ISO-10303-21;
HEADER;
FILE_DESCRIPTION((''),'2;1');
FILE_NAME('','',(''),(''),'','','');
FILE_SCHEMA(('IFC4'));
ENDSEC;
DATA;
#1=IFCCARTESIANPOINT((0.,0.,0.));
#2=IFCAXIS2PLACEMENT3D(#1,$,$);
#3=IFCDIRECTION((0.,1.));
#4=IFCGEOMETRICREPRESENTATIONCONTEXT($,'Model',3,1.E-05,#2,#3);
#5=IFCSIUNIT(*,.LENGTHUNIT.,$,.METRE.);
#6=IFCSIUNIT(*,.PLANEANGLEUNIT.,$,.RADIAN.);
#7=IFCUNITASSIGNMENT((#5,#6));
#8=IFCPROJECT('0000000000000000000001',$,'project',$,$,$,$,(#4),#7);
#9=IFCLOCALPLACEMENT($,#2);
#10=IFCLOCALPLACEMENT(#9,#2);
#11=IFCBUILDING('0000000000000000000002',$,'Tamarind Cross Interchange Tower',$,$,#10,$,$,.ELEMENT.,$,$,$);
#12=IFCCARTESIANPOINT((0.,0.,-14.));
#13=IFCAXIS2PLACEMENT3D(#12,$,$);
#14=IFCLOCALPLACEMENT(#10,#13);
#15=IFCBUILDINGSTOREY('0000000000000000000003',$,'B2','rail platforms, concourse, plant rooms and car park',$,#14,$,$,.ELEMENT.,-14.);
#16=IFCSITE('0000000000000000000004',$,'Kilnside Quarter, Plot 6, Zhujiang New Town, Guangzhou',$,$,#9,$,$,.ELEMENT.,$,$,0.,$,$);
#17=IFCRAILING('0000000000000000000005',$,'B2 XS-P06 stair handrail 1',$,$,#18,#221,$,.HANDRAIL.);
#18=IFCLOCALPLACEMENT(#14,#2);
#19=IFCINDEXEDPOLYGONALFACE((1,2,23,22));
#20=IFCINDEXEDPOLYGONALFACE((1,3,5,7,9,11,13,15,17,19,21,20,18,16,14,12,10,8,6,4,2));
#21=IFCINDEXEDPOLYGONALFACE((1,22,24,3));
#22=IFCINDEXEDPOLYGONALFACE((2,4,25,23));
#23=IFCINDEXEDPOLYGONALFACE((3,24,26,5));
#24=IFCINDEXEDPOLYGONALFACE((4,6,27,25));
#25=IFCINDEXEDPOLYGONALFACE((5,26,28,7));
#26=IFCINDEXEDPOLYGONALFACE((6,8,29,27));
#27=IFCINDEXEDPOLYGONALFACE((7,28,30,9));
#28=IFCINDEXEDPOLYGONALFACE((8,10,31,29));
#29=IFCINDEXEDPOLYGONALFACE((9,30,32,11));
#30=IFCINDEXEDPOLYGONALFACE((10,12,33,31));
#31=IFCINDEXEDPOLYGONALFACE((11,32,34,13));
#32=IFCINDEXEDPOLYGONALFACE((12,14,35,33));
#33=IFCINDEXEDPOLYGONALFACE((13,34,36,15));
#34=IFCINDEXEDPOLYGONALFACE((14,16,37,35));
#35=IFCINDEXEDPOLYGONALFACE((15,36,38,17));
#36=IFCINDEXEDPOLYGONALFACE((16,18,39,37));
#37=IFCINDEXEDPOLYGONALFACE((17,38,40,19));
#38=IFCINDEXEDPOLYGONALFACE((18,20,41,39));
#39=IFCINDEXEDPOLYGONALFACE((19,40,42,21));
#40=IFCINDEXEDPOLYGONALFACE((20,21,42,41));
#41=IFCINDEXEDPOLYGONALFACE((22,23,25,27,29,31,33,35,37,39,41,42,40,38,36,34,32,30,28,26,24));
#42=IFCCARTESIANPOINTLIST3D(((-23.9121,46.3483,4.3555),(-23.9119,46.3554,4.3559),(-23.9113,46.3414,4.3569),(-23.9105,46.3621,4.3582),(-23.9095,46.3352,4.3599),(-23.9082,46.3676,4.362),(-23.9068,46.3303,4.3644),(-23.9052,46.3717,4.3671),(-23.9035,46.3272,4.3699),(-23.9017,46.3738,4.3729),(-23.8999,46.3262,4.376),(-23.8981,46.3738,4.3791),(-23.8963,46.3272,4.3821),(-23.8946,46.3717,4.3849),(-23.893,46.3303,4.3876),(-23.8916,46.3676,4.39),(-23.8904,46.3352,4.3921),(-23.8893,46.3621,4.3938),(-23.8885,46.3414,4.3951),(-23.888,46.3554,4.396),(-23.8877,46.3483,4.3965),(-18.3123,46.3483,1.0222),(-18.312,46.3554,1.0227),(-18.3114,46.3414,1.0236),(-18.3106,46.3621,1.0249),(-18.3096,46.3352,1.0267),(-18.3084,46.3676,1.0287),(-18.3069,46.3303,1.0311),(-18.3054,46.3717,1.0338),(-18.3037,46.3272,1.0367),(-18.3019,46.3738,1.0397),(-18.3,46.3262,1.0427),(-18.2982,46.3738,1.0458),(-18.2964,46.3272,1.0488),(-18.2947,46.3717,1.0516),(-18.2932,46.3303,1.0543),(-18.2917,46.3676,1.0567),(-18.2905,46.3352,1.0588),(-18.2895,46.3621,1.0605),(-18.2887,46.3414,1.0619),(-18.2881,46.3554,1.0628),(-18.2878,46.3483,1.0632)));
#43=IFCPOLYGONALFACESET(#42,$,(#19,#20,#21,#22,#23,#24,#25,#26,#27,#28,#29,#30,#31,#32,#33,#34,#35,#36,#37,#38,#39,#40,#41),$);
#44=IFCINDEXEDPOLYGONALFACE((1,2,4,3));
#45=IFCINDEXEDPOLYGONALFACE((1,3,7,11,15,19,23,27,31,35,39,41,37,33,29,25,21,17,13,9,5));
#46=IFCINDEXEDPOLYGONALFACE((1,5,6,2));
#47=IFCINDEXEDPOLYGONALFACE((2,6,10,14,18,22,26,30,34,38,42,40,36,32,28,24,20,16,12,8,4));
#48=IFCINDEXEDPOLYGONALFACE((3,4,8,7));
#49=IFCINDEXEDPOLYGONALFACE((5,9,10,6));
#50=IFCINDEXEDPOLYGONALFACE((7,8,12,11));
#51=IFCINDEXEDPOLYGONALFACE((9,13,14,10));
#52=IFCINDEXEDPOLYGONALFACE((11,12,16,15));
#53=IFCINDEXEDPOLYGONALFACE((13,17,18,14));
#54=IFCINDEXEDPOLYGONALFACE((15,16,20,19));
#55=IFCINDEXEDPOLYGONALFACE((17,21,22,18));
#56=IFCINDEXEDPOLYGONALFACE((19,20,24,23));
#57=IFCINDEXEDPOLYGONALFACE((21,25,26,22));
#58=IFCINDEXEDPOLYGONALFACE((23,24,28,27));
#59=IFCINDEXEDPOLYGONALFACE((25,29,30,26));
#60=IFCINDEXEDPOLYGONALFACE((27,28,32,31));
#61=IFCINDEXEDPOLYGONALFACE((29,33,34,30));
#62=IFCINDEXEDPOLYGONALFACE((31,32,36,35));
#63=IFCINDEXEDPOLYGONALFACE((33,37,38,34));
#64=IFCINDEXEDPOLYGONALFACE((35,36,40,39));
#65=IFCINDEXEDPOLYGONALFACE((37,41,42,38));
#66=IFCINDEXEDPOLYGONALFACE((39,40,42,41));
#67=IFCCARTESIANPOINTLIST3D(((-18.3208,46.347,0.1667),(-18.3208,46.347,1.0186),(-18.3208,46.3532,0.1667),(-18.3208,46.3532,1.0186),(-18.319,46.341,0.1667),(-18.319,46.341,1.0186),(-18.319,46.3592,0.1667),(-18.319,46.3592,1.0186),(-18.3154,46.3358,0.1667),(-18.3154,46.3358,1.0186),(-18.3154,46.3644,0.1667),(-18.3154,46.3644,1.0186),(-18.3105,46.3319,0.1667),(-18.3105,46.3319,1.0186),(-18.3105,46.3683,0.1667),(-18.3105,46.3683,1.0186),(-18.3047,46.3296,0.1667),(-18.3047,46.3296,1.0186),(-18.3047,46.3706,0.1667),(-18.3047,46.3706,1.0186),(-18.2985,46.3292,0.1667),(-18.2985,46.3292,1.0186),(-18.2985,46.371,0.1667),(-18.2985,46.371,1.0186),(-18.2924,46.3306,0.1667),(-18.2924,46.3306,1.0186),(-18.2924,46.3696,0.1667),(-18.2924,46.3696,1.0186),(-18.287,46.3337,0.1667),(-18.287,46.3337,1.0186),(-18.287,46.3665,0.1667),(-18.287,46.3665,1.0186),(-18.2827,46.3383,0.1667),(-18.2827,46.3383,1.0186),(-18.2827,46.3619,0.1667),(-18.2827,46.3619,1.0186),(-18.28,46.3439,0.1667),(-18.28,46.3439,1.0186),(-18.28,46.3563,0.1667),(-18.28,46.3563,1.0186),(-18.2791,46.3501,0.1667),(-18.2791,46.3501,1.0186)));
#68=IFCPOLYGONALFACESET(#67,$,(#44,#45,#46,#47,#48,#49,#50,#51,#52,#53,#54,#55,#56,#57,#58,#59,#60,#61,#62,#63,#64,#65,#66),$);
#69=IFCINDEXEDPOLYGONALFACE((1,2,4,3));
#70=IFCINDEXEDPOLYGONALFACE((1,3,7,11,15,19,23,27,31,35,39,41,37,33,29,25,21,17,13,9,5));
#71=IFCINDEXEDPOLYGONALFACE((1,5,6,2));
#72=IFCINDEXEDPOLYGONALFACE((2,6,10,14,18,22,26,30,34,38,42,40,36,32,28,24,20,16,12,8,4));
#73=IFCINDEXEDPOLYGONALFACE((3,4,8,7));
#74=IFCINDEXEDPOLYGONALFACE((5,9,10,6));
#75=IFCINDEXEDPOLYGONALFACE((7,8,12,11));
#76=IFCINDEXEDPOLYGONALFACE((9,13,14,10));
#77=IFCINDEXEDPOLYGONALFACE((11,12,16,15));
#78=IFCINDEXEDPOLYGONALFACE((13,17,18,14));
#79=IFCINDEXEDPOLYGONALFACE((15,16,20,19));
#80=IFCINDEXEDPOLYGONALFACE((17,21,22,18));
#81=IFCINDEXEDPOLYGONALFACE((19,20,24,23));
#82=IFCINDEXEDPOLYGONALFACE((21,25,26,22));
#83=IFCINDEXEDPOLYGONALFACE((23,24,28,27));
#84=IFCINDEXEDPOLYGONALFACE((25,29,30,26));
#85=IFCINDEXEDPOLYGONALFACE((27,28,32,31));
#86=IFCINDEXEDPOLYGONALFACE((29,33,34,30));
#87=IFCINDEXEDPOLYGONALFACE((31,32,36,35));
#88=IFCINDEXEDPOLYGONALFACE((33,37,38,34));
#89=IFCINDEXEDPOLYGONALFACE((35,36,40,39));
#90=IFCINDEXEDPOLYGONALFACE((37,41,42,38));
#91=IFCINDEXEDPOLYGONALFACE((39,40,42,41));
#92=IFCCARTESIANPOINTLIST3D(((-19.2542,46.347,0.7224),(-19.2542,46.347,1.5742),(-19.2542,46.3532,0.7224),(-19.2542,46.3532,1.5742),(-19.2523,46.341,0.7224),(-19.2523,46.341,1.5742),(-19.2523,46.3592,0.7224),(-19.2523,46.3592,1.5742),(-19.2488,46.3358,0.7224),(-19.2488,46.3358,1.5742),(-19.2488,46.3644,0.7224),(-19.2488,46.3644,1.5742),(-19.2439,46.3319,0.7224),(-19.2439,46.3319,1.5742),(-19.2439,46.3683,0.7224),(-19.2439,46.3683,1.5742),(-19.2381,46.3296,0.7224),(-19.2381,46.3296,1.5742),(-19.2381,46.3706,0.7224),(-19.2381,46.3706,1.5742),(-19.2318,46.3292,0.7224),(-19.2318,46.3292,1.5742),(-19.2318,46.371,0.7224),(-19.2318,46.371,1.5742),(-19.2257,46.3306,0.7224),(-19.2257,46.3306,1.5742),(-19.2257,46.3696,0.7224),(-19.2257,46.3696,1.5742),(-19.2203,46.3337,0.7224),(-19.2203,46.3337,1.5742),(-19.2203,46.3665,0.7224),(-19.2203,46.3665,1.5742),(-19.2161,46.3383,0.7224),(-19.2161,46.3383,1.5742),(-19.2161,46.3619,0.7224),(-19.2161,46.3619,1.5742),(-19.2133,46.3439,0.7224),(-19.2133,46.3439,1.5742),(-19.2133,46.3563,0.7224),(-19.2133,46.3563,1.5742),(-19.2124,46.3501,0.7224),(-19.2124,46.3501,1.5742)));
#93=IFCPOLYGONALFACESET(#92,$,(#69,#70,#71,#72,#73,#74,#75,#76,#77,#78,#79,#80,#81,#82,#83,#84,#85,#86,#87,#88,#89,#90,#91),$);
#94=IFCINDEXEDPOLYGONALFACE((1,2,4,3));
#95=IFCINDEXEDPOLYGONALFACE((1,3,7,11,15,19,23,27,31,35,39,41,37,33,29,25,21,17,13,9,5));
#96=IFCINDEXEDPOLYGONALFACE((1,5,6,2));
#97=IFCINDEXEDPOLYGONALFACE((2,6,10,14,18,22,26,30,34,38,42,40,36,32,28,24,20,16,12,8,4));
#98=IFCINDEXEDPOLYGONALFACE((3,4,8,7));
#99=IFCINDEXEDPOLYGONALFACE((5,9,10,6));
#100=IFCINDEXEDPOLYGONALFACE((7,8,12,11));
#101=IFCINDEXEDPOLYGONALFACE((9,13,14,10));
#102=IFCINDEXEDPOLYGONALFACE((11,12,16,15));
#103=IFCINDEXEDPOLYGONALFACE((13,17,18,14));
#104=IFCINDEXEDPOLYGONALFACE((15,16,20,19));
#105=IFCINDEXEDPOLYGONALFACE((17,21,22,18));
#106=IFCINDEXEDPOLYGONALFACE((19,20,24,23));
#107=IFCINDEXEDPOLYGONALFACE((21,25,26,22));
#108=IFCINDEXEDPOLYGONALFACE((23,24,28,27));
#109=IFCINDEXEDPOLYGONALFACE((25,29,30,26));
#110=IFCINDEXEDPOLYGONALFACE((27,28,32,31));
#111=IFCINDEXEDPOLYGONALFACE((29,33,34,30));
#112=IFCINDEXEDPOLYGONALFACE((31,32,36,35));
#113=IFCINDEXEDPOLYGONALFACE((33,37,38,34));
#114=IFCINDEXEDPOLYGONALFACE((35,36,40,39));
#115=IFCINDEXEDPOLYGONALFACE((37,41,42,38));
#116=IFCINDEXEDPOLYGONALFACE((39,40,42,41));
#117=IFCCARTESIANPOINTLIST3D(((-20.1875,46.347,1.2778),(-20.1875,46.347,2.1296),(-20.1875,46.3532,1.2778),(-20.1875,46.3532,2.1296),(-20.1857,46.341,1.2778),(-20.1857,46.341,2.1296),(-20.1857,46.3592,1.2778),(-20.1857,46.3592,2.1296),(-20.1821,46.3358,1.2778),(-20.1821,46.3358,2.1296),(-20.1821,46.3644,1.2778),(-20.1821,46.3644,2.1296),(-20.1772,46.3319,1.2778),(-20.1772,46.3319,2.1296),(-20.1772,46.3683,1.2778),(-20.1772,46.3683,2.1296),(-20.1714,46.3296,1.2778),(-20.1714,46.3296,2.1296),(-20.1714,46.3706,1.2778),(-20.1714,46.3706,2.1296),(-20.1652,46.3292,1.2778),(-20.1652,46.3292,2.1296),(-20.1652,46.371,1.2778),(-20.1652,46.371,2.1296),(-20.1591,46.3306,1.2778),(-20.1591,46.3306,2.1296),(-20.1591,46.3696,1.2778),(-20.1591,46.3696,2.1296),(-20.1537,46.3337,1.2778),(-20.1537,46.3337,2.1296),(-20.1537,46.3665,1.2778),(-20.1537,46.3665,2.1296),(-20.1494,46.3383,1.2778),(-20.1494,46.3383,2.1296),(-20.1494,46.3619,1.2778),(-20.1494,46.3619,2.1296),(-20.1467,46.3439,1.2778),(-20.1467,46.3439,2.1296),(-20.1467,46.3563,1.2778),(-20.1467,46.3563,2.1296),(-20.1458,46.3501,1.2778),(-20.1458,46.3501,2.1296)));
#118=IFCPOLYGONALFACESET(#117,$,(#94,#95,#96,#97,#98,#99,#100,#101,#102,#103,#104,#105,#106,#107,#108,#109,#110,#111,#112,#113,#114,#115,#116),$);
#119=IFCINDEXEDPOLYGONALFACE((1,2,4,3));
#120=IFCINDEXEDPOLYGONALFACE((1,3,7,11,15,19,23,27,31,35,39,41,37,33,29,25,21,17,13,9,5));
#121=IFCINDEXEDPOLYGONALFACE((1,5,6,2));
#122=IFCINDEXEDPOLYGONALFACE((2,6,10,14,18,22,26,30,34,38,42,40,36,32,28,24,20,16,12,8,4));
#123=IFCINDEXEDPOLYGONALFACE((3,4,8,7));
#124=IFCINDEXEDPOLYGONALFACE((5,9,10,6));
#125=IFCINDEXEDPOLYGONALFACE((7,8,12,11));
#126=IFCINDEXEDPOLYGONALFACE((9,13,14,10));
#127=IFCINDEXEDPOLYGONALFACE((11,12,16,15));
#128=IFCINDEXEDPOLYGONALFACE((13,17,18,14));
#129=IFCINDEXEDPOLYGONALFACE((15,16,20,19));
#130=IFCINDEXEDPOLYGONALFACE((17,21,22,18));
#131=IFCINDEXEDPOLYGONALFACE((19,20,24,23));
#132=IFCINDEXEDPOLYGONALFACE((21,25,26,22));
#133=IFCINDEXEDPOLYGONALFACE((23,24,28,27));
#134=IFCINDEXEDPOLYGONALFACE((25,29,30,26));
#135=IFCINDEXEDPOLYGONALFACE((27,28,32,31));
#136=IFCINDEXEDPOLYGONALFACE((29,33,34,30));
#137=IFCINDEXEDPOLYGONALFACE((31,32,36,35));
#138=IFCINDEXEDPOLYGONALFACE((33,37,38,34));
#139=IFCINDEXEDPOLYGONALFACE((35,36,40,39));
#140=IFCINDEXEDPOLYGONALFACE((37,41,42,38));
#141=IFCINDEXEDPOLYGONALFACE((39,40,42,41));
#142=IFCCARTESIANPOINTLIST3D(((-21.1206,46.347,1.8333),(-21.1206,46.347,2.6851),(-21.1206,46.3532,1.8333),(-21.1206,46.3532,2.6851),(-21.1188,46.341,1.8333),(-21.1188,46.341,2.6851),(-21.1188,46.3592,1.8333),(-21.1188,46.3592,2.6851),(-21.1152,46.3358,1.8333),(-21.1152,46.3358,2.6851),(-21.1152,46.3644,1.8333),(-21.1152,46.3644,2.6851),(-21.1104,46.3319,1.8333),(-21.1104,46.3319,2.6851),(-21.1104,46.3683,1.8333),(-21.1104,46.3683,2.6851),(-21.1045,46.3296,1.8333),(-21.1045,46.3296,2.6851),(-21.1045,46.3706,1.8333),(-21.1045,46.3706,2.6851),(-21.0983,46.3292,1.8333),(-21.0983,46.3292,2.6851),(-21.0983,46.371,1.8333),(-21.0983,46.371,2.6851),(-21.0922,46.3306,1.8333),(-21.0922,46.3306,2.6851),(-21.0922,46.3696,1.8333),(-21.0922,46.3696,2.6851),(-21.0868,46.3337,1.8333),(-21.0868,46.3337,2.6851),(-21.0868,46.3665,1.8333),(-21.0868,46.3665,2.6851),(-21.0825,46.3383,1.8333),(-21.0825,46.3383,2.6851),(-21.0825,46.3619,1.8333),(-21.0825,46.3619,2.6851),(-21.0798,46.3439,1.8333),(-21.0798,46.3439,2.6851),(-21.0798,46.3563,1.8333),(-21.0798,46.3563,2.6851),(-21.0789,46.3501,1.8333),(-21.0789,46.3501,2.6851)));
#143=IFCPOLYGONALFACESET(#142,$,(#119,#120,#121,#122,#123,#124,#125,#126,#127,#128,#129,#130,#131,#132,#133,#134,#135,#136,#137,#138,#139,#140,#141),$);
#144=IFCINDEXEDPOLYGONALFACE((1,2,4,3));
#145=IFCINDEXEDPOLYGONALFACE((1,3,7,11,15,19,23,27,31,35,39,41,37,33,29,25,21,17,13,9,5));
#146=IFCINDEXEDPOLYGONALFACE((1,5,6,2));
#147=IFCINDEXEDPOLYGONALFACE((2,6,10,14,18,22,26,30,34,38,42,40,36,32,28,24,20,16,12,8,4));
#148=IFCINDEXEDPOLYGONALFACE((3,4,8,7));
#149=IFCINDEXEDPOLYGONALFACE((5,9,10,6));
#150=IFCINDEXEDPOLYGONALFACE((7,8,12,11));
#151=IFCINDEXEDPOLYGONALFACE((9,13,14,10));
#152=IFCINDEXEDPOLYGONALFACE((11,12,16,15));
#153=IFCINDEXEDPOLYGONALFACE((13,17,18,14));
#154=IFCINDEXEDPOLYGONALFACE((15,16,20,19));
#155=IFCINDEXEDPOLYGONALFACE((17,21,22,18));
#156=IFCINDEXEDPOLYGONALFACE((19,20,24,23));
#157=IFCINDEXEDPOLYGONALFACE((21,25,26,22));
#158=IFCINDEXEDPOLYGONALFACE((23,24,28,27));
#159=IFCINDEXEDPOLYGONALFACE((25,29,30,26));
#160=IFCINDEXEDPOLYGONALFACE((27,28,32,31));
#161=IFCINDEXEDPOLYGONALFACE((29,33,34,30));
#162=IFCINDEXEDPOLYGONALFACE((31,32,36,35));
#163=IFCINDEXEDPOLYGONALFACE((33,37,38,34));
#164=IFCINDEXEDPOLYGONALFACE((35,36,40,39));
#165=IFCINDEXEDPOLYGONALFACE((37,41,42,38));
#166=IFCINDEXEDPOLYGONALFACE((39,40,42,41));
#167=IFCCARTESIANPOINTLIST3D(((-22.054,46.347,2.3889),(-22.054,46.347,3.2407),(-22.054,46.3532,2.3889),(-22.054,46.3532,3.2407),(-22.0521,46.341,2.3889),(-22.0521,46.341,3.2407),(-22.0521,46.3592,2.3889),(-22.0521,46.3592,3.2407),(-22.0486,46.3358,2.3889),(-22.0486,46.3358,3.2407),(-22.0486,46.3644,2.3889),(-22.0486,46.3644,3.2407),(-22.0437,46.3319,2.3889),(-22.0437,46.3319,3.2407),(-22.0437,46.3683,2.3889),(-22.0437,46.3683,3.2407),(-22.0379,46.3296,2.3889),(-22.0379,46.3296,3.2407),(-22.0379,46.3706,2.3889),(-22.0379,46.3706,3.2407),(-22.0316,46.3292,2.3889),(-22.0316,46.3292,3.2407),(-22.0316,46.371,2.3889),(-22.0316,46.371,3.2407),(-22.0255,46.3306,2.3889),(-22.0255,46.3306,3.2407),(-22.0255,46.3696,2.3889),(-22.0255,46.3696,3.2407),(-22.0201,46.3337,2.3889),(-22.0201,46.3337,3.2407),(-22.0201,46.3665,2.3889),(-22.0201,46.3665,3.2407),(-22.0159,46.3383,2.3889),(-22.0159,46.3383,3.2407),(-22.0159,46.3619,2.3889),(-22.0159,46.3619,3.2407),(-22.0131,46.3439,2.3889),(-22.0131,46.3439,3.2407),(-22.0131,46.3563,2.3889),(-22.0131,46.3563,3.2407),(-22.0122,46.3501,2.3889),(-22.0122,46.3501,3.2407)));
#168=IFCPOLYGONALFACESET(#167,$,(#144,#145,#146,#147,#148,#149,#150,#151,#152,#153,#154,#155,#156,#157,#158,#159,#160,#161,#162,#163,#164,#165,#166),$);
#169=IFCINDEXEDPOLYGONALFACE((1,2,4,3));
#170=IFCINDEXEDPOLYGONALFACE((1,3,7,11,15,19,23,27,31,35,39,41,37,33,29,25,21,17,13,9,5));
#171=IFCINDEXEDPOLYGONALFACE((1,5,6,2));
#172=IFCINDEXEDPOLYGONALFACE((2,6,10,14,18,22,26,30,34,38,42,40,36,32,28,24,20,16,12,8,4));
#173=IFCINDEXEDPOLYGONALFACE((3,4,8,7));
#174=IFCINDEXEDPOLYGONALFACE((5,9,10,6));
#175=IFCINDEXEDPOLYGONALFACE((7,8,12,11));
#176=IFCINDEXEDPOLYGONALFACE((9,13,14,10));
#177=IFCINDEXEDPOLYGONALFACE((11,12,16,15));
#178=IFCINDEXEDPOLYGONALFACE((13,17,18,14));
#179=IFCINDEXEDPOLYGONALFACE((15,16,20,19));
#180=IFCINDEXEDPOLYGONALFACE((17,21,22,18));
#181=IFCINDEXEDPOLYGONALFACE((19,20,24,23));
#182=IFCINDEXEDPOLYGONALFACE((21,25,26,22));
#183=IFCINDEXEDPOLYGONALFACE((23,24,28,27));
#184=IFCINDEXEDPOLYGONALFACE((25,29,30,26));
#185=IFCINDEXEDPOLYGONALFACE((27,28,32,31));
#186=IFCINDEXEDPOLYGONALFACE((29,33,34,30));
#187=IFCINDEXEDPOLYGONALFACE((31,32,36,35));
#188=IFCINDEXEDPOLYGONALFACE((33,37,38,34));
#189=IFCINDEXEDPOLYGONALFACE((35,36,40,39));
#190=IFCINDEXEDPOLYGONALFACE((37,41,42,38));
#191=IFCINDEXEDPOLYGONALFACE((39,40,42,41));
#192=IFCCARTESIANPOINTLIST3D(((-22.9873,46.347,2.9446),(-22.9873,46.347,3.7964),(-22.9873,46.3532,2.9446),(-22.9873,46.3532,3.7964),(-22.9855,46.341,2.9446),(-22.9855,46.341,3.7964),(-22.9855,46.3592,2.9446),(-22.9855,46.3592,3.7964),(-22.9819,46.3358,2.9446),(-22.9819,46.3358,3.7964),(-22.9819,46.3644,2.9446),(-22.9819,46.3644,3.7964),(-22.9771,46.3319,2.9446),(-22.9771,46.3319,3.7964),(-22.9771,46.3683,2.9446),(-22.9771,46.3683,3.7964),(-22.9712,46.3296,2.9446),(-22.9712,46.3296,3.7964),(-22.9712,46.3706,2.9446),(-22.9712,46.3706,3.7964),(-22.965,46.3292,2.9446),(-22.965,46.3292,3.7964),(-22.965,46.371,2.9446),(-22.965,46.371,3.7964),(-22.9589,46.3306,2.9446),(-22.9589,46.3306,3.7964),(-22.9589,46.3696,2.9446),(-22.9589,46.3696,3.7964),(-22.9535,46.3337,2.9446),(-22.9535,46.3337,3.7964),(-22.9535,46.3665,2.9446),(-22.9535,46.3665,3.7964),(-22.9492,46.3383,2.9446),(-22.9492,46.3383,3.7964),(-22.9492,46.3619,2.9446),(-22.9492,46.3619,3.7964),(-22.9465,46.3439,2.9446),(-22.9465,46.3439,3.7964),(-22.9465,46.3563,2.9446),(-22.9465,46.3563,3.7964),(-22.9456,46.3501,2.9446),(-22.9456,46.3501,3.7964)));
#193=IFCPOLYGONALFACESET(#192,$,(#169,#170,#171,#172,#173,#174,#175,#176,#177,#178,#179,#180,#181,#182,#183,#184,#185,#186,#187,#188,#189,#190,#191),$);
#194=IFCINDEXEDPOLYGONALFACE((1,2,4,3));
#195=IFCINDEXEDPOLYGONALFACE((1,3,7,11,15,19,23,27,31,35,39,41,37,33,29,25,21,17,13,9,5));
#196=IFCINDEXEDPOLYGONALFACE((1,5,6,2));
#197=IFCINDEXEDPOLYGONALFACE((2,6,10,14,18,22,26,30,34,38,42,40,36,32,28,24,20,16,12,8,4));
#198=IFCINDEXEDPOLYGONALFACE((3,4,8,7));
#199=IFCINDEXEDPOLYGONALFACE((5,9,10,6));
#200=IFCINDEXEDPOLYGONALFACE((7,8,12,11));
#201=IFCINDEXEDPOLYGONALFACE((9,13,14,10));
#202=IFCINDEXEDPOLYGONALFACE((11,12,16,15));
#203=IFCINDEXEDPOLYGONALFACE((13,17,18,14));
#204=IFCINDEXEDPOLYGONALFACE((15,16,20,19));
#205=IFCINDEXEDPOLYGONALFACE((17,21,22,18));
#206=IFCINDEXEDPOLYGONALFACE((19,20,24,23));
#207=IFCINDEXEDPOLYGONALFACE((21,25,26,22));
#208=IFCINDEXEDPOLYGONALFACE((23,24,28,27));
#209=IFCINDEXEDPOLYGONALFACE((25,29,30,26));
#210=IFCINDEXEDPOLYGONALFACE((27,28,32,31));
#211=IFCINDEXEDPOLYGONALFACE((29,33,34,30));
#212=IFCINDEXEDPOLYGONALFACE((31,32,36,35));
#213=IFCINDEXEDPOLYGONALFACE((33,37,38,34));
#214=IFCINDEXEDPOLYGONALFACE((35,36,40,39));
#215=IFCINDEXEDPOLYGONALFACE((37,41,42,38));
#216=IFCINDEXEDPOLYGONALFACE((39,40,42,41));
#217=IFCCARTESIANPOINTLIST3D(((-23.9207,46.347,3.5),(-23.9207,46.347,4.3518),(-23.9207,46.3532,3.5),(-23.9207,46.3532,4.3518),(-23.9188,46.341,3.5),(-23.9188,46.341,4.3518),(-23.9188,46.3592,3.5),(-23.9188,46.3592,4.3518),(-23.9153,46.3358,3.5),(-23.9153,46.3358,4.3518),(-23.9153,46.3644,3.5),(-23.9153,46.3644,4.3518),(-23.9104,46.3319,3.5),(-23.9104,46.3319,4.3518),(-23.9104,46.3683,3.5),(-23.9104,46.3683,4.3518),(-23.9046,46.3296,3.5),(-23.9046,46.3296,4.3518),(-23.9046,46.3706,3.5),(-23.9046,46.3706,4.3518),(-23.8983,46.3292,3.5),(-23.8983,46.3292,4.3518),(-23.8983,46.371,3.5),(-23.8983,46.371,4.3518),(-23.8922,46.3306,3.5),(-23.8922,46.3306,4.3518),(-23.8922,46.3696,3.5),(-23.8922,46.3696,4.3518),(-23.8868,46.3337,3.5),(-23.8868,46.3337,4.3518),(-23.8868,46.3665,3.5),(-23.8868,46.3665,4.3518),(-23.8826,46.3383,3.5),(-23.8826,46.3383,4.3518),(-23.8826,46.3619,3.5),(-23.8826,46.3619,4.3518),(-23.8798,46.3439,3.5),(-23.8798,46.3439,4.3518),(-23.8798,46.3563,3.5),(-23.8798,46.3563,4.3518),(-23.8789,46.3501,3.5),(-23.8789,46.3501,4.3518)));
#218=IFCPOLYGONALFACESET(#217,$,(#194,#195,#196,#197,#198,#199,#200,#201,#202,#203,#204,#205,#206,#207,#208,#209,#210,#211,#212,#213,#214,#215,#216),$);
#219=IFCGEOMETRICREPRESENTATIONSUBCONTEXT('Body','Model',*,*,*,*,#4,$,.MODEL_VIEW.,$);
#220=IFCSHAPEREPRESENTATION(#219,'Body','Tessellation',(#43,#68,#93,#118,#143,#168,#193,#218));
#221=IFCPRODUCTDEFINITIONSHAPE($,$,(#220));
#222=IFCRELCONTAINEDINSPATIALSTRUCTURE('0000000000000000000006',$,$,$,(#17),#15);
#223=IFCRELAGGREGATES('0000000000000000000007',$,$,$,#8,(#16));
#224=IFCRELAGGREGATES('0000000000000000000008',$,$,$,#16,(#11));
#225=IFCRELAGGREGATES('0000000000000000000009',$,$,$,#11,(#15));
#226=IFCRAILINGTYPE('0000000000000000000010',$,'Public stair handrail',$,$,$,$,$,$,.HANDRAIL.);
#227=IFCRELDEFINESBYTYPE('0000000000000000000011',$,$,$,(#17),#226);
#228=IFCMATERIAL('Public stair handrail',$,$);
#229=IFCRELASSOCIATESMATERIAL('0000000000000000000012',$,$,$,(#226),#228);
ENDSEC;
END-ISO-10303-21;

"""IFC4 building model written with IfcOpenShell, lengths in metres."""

from ifc_helpers import new_model, si_unit, direction, frame, origin, origin_2d, place, context, subcontext, project, spatial, circle, extrude, material, type_object, element, save


model = new_model("IFC4")

# Units and contexts
model_context = context("Model", 3, precision=1e-05, world=origin(), true_north=direction((0.0, 1.0)))
body_context = subcontext(model_context, "Body", "Model", "MODEL_VIEW")
ifc_project = project(units=[si_unit("LENGTHUNIT", "METRE"), si_unit("PLANEANGLEUNIT", "RADIAN")], contexts=[model_context])

# Site, building, storey
site_placement = place(None, origin())
site = spatial("IfcSite", under=ifc_project, at=site_placement, Name="Kilnside Quarter, Plot 6, Zhujiang New Town, Guangzhou", CompositionType="ELEMENT", RefElevation=0.0)
building_placement = place(site_placement, origin())
building = spatial("IfcBuilding", under=site, at=building_placement, Name="Tamarind Cross Interchange Tower", CompositionType="ELEMENT")
storey_placement = place(building_placement, frame((0.0, 0.0, -14.0)))
storey = spatial("IfcBuildingStorey", under=building, at=storey_placement, Name="B2", Description="rail platforms, concourse, plant rooms and car park", CompositionType="ELEMENT", Elevation=-14.0)

# Railing
ifc_material_1 = material(Name="Public stair handrail")
railing_type_1 = type_object("IfcRailingType", Name="Public stair handrail", PredefinedType="HANDRAIL", material=ifc_material_1)
railing_1_placement = place(storey_placement, frame((-18.3, 46.3501, 0.1667)))
element("IfcRailing", 1, at=railing_1_placement, inside=storey, type_object=railing_type_1, Name="B2 XS-P06 stair handrail 1", PredefinedType="HANDRAIL", context=body_context, shape_type="SweptSolid", body=[
    extrude(circle(Radius=0.0239, at=origin_2d()), frame((0.0, 0.0, 0.876), z_axis=(-0.859292, 0.0, 0.511485), x_axis=(0.0, -1.0, 0.0)), (0.0, 0.0, 1.0), 6.5168),
    extrude(circle(Radius=0.021, at=origin_2d()), origin(), (0.0, 0.0, 1.0), 0.8518),
    extrude(circle(Radius=0.021, at=origin_2d()), frame((-0.9333, 0.0, 0.5557)), (0.0, 0.0, 1.0), 0.8518),
    extrude(circle(Radius=0.021, at=origin_2d()), frame((-1.8667, 0.0, 1.1111)), (0.0, 0.0, 1.0), 0.8518),
    extrude(circle(Radius=0.021, at=origin_2d()), frame((-2.7998, 0.0, 1.6665)), (0.0, 0.0, 1.0), 0.8518),
    extrude(circle(Radius=0.021, at=origin_2d()), frame((-3.7332, 0.0, 2.2222)), (0.0, 0.0, 1.0), 0.8518),
    extrude(circle(Radius=0.021, at=origin_2d()), frame((-4.6665, 0.0, 2.7778)), (0.0, 0.0, 1.0), 0.8518),
    extrude(circle(Radius=0.021, at=origin_2d()), frame((-5.5999, 0.0, 3.3333)), (0.0, 0.0, 1.0), 0.8518),
])

save(model, "model.ifc")
